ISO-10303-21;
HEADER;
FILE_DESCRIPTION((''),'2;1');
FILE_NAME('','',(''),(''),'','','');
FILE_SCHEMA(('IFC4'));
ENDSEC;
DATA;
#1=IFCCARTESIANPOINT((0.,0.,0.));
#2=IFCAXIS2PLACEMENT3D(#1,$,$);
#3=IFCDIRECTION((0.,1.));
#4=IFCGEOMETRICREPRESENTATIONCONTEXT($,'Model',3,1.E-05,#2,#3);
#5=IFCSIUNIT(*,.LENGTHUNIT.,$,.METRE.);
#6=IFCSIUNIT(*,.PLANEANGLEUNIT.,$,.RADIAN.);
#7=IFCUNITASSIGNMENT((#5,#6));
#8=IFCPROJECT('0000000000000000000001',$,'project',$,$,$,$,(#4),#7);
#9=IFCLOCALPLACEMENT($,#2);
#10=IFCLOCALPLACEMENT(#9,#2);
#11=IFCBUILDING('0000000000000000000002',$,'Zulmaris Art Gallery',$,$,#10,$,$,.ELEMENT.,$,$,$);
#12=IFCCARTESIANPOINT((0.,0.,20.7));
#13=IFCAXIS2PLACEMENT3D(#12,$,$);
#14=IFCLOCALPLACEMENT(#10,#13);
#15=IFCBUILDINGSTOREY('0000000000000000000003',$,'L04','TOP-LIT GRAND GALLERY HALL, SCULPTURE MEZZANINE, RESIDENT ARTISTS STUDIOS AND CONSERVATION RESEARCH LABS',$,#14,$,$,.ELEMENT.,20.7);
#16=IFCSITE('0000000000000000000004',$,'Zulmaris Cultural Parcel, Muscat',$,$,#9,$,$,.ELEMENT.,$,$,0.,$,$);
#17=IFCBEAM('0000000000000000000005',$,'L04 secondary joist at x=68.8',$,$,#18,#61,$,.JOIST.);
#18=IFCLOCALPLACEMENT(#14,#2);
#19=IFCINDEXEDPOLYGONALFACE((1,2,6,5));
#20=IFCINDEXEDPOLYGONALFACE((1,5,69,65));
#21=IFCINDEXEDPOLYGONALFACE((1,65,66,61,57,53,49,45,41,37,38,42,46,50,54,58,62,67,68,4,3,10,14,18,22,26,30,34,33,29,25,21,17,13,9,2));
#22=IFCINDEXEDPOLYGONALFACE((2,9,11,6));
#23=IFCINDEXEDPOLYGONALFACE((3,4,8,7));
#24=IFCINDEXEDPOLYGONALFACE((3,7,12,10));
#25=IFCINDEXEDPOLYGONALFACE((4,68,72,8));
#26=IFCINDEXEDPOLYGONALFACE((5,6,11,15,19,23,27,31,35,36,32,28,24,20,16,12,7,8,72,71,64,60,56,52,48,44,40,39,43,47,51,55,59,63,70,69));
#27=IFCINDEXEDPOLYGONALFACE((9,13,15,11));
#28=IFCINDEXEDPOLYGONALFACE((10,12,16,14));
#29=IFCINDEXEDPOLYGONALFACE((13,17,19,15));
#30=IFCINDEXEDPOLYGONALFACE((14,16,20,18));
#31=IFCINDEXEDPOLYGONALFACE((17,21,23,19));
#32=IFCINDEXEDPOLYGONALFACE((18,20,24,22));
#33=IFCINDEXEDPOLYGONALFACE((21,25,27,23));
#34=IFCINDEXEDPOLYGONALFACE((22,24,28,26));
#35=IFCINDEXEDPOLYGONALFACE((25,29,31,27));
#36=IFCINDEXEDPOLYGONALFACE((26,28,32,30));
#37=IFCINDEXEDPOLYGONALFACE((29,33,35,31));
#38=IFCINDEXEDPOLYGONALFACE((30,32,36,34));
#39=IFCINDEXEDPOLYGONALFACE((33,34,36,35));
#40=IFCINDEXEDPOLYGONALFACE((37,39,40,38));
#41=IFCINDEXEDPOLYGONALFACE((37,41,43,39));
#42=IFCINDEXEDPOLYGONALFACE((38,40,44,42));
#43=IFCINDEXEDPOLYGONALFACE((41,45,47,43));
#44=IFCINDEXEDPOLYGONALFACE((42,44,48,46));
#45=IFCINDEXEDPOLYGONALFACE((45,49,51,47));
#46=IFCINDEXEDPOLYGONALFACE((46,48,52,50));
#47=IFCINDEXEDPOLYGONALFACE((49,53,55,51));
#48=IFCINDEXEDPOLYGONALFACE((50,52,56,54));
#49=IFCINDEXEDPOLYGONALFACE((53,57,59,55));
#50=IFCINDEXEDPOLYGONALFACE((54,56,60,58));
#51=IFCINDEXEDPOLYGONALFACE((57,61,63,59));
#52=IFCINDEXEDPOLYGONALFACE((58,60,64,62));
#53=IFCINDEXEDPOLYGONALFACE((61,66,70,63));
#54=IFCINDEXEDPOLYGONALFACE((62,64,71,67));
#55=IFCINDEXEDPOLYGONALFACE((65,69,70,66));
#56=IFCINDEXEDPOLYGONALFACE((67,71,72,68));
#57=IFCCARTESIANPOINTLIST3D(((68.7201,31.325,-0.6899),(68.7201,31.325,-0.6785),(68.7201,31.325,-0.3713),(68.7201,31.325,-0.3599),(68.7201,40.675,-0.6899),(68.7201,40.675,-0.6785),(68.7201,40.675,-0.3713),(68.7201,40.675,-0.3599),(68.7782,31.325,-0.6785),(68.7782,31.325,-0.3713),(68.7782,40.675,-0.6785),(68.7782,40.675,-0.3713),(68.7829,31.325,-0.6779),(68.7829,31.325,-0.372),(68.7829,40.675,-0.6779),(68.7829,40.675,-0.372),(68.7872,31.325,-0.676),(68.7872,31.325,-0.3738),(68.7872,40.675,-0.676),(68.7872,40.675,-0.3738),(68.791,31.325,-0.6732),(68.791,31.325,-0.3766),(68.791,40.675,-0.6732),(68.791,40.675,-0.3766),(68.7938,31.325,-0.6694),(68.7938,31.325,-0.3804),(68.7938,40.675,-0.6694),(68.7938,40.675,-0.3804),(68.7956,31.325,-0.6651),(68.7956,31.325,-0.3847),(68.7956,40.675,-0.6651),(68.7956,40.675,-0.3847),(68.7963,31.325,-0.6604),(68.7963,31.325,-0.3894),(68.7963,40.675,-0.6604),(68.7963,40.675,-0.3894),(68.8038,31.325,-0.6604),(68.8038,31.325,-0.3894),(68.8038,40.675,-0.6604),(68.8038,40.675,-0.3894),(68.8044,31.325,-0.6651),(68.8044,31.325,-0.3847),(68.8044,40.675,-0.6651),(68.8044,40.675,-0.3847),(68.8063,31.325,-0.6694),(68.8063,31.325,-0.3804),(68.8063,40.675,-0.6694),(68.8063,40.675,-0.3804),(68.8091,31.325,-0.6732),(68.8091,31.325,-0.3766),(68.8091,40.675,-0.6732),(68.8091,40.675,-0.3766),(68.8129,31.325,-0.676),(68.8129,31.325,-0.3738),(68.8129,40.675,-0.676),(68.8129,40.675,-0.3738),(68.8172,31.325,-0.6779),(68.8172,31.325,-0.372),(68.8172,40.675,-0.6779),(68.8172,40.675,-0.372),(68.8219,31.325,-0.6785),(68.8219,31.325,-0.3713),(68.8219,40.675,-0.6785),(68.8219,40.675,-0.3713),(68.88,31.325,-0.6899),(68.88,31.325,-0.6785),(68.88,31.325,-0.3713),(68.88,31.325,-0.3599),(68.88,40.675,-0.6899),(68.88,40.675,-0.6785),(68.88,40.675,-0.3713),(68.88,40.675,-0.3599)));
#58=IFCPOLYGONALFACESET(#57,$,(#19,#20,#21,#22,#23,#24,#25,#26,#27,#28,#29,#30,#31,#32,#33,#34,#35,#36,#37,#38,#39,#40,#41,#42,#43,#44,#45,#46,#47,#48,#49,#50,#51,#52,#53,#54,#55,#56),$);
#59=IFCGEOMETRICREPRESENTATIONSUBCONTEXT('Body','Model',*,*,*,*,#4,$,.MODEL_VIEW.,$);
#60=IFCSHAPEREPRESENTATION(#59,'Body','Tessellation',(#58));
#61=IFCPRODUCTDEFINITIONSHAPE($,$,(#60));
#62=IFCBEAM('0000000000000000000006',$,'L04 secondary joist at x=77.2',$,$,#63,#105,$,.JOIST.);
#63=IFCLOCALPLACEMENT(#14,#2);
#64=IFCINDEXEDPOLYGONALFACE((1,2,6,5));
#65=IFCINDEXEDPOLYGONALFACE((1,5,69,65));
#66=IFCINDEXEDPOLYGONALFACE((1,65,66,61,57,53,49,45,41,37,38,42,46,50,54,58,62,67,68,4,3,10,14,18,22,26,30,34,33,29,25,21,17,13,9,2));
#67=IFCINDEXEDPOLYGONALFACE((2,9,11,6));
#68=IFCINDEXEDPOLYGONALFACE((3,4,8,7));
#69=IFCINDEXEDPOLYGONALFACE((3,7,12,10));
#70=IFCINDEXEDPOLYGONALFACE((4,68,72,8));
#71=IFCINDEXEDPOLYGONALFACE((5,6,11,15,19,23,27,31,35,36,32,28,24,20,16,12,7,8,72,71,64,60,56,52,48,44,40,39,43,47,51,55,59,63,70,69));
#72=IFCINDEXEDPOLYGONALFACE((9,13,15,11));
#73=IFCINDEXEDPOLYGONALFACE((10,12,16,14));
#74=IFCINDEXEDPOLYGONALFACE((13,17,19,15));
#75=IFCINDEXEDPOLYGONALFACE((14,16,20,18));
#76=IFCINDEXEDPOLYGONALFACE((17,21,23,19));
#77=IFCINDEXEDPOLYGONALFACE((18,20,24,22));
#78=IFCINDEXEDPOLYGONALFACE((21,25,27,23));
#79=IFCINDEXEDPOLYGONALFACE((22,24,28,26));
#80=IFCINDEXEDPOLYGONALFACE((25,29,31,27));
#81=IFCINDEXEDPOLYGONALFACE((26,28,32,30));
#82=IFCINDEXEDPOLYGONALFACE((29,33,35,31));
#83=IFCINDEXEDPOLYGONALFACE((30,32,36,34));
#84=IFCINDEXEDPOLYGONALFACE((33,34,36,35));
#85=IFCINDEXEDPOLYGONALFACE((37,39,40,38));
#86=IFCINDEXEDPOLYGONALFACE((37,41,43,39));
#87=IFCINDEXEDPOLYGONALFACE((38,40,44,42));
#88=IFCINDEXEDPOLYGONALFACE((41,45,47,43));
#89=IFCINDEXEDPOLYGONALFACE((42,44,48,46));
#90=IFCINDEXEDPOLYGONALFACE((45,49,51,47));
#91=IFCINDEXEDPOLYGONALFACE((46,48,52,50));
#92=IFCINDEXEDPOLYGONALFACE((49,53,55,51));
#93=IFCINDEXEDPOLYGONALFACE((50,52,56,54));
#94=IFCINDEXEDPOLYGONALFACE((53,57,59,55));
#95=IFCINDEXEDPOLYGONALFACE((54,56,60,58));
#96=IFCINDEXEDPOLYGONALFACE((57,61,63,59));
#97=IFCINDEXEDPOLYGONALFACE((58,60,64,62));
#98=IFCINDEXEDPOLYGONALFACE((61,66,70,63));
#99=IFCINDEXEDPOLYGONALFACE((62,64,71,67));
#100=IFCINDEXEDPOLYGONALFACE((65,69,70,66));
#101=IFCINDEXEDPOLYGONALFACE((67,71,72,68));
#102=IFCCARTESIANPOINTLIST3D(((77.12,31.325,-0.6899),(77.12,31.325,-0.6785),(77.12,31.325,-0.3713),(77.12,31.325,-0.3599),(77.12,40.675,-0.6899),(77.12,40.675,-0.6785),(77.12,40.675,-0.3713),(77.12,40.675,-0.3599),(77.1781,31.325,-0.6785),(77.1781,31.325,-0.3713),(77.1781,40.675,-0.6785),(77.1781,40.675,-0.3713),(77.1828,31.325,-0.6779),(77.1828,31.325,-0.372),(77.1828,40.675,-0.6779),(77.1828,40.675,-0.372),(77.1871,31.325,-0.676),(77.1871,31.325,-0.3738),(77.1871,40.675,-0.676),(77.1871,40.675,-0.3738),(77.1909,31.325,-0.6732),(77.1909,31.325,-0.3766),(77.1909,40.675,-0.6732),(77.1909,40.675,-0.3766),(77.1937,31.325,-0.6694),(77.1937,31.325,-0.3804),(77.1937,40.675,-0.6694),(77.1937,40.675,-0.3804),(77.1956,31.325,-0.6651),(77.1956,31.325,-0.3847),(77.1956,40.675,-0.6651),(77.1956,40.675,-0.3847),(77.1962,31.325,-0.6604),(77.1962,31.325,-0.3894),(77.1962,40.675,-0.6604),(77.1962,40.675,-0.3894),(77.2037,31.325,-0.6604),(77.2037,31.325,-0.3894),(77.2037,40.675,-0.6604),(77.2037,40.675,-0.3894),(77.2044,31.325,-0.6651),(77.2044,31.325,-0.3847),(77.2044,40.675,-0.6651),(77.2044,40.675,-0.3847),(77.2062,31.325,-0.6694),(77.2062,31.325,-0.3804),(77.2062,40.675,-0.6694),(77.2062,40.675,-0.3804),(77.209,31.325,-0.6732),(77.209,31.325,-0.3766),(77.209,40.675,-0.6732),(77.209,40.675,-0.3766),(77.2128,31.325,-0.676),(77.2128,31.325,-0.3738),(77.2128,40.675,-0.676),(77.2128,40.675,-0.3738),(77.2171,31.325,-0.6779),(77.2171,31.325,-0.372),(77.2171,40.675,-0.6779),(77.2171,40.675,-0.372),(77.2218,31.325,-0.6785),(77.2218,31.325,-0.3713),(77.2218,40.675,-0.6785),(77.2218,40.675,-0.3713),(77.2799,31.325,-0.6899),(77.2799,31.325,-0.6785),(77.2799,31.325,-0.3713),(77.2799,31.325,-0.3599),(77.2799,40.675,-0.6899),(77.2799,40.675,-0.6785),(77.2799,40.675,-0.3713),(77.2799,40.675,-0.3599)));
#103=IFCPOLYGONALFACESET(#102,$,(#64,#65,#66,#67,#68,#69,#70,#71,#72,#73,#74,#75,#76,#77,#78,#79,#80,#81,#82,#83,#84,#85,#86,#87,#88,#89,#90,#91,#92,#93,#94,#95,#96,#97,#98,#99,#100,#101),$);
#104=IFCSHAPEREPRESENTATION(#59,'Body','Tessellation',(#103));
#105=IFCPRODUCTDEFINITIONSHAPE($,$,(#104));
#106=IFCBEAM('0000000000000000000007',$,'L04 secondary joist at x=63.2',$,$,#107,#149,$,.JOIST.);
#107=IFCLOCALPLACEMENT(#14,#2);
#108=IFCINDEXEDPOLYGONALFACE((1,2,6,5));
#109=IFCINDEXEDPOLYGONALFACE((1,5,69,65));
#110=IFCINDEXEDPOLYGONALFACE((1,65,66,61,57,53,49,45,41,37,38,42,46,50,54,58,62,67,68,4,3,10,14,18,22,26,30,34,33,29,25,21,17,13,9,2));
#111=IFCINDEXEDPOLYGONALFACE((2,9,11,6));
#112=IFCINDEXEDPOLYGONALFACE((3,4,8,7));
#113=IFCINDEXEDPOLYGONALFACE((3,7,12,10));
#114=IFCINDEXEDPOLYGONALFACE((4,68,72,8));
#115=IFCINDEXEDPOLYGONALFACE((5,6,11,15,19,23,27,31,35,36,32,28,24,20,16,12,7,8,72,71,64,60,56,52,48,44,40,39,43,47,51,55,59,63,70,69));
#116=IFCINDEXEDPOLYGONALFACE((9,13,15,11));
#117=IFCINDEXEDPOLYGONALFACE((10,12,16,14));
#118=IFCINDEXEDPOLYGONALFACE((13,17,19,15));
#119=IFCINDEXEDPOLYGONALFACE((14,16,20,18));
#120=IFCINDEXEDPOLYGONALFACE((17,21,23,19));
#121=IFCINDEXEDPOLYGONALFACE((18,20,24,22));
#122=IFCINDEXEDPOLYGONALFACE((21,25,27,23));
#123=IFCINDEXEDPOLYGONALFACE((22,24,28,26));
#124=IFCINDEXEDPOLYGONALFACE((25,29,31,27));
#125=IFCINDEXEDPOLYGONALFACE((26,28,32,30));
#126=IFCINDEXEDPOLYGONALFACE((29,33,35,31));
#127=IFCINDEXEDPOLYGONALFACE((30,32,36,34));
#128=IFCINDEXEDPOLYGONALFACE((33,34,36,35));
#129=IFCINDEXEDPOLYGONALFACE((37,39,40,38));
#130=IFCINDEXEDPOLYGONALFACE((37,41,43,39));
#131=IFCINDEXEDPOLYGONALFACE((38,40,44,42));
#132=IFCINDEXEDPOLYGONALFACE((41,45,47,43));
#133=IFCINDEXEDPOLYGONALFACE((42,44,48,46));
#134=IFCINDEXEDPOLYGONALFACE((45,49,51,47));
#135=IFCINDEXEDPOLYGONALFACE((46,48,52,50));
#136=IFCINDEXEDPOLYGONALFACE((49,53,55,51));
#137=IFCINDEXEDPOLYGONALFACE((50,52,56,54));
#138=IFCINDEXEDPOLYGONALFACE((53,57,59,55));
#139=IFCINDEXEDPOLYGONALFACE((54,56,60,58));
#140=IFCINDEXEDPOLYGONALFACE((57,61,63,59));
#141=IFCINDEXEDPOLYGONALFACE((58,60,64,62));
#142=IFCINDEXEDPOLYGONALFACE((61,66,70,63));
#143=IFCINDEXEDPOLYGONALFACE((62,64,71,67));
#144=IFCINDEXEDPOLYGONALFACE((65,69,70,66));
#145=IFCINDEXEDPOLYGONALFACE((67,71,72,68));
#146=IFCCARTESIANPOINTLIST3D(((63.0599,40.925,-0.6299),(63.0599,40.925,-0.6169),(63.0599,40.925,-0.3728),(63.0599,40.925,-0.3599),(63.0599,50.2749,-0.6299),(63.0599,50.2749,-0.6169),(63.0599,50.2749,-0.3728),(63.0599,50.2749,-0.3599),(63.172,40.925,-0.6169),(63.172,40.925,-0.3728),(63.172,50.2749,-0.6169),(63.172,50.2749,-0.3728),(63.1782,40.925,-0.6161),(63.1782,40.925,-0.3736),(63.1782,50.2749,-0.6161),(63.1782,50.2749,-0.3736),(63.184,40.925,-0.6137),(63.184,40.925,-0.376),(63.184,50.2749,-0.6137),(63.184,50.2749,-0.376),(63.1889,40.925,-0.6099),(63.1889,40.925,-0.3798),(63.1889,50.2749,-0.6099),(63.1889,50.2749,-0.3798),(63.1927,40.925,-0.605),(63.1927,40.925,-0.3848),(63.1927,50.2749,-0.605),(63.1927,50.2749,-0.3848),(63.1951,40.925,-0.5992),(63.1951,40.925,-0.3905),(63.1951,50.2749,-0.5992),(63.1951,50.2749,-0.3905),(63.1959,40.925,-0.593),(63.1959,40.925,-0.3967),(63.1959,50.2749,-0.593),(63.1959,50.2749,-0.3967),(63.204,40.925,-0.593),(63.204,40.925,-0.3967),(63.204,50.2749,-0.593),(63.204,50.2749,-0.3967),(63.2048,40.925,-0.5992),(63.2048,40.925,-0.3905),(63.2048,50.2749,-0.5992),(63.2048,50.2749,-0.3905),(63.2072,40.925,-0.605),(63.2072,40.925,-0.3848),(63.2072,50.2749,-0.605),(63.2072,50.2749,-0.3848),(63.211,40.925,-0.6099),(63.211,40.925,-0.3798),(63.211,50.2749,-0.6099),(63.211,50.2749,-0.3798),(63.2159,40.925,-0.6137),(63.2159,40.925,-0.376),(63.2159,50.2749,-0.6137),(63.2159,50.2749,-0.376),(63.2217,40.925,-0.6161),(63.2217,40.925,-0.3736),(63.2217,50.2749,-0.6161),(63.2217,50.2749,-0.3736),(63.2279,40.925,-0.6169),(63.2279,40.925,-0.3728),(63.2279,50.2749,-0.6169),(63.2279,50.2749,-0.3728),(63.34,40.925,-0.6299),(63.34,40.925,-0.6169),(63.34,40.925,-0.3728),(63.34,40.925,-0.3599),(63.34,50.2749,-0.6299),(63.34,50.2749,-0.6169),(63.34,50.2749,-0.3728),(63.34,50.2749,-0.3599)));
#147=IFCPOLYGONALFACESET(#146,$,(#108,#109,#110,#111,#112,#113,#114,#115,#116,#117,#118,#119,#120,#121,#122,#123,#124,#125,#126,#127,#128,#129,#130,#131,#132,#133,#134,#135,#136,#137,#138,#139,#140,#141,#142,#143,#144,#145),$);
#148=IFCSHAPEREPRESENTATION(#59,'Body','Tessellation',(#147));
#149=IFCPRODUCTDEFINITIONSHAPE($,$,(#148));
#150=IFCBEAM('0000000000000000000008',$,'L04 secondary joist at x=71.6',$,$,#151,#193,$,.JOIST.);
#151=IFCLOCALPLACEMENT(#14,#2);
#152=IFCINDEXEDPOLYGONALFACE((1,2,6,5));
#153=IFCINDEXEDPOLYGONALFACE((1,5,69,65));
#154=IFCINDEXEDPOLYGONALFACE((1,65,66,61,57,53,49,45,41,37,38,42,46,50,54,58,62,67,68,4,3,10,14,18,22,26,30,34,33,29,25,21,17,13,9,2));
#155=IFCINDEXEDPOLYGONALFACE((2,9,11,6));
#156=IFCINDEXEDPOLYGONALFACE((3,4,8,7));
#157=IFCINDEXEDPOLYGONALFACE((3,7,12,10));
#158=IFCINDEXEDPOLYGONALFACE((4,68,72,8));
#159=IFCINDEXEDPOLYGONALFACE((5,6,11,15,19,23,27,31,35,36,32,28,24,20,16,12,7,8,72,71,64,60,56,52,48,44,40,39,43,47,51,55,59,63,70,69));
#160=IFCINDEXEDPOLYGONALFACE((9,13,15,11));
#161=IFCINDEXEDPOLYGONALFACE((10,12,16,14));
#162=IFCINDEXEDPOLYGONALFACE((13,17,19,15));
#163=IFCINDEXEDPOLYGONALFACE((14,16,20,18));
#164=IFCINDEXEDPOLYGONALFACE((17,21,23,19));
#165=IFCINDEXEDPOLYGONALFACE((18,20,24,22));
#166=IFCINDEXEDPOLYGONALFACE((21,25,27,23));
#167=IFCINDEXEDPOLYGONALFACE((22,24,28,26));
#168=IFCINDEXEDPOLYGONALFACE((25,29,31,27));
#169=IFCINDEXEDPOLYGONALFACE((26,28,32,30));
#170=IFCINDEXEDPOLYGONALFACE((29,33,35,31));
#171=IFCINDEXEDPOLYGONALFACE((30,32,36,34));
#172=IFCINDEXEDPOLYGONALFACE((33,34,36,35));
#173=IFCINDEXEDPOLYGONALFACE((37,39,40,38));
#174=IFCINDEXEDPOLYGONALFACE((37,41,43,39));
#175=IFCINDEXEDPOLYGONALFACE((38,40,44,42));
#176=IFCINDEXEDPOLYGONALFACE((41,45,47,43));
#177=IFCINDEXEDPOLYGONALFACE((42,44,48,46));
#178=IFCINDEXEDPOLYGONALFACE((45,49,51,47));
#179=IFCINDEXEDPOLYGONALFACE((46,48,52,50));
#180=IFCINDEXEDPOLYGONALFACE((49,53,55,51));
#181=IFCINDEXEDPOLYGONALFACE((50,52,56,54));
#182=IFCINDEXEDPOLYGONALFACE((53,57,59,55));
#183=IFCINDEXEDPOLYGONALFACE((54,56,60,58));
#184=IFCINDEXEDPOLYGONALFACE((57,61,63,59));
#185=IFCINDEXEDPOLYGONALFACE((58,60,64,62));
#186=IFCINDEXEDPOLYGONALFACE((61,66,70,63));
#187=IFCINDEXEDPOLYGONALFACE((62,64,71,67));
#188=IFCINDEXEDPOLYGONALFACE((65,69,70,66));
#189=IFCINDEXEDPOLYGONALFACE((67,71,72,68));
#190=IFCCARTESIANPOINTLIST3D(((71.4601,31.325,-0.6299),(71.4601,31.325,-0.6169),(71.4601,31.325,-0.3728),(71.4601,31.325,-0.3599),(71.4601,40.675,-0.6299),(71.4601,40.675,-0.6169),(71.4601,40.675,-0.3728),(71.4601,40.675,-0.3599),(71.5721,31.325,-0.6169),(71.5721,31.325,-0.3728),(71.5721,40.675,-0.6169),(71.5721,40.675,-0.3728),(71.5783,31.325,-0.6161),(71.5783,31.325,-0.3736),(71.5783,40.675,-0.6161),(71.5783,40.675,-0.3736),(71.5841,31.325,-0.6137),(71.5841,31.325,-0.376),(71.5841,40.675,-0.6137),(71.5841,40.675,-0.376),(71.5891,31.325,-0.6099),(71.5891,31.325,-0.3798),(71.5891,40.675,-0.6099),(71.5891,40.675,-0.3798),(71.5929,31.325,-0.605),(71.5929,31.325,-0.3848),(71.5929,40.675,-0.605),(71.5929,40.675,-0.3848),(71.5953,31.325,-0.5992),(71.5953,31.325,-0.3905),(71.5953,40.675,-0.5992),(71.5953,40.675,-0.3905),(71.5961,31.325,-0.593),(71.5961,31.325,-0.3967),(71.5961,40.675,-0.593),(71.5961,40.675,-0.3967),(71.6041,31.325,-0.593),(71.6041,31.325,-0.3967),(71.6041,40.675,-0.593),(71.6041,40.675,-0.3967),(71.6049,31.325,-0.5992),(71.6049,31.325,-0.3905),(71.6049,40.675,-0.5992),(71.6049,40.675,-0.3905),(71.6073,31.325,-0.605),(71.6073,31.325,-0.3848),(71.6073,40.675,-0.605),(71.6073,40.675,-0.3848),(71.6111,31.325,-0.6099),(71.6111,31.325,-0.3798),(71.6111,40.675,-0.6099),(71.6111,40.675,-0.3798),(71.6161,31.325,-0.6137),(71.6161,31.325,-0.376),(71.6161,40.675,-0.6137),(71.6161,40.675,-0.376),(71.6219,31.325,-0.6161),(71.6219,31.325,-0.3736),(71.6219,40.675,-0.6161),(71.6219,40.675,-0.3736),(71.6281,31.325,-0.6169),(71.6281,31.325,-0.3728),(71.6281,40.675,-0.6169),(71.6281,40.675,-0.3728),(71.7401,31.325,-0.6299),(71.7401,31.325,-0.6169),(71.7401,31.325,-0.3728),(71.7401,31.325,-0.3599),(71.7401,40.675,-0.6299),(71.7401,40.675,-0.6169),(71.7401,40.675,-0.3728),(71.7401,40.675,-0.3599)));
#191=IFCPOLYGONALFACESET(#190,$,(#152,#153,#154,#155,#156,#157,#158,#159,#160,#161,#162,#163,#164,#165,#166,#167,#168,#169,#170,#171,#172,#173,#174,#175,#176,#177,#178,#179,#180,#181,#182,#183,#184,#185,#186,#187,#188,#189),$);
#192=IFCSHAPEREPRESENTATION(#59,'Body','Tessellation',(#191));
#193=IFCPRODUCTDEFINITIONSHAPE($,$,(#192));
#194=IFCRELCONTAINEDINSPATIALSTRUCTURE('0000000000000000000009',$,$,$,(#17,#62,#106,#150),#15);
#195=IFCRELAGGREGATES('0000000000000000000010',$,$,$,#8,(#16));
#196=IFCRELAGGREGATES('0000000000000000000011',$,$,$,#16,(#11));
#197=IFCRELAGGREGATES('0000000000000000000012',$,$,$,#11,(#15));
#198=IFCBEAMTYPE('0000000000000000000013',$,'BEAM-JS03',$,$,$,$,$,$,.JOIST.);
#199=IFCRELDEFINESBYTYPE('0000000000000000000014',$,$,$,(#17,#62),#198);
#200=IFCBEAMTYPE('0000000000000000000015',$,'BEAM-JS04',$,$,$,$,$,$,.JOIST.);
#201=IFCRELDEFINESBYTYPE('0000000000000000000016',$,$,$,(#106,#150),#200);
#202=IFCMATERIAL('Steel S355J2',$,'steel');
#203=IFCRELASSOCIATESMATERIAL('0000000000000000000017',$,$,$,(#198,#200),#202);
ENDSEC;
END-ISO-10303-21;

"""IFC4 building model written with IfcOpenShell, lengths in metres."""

from ifc_helpers import new_model, si_unit, direction, frame, origin, origin_2d, place, context, subcontext, project, spatial, i_section, extrude, material, material_profile, profile_set, type_object, element, save


model = new_model("IFC4")

# Units and contexts
model_context = context("Model", 3, precision=1e-05, world=origin(), true_north=direction((0.0, 1.0)))
body_context = subcontext(model_context, "Body", "Model", "MODEL_VIEW")
ifc_project = project(units=[si_unit("LENGTHUNIT", "METRE"), si_unit("PLANEANGLEUNIT", "RADIAN")], contexts=[model_context])

# Site, building, storey
site_placement = place(None, origin())
site = spatial("IfcSite", under=ifc_project, at=site_placement, Name="Zulmaris Cultural Parcel, Muscat", CompositionType="ELEMENT", RefElevation=0.0)
building_placement = place(site_placement, origin())
building = spatial("IfcBuilding", under=site, at=building_placement, Name="Zulmaris Art Gallery", CompositionType="ELEMENT")
storey_placement = place(building_placement, frame((0.0, 0.0, 20.7)))
storey = spatial("IfcBuildingStorey", under=building, at=storey_placement, Name="L04", Description="TOP-LIT GRAND GALLERY HALL, SCULPTURE MEZZANINE, RESIDENT ARTISTS STUDIOS AND CONSERVATION RESEARCH LABS", CompositionType="ELEMENT", Elevation=20.7)

# Beams
ifc_material_1 = material(Name="Steel S355J2", Category="steel")
ifc_material_profile_1 = material_profile(ifc_material_1, i_section(OverallWidth=0.1599, OverallDepth=0.3301, WebThickness=0.0076, FlangeThickness=0.0115, FilletRadius=0.0181, at=origin_2d()), Name="IPE 330")
ifc_profile_set_1 = profile_set([ifc_material_profile_1], Name="Steel S355J2")
beam_type_1 = type_object("IfcBeamType", Name="BEAM-JS03", PredefinedType="JOIST", material=ifc_profile_set_1)
for number, where, z_axis, x_axis, name in (
    (1, (68.8, 31.325, -0.5249), (0.0, 1.0, 0.0), (-1.0, 0.0, 0.0), "L04 secondary joist at x=68.8"),
    (2, (77.2, 31.325, -0.5249), (0.0, 1.0, 0.0), (-1.0, 0.0, 0.0), "L04 secondary joist at x=77.2"),
):
    element("IfcBeam", number, at=place(storey_placement, frame(where, z_axis=z_axis, x_axis=x_axis)), inside=storey, type_object=beam_type_1, Name=name, PredefinedType="JOIST", context=body_context, shape_type="SweptSolid", body=[
        extrude(i_section(OverallWidth=0.1599, OverallDepth=0.3301, WebThickness=0.0076, FlangeThickness=0.0115, FilletRadius=0.0181, at=origin_2d()), origin(), (0.0, 0.0, 1.0), 9.3501),
    ])
ifc_material_profile_2 = material_profile(ifc_material_1, i_section(OverallWidth=0.28, OverallDepth=0.27, WebThickness=0.0081, FlangeThickness=0.0129, FilletRadius=0.0239, at=origin_2d()), Name="HEA 280")
ifc_profile_set_2 = profile_set([ifc_material_profile_2], Name="Steel S355J2")
beam_type_2 = type_object("IfcBeamType", Name="BEAM-JS04", PredefinedType="JOIST", material=ifc_profile_set_2)
beam_1_placement = place(storey_placement, frame((63.2, 40.925, -0.4949), z_axis=(0.0, 1.0, 0.0), x_axis=(-1.0, 0.0, 0.0)))
element("IfcBeam", 3, at=beam_1_placement, inside=storey, type_object=beam_type_2, Name="L04 secondary joist at x=63.2", PredefinedType="JOIST", context=body_context, shape_type="SweptSolid", body=[
    extrude(i_section(OverallWidth=0.28, OverallDepth=0.27, WebThickness=0.0081, FlangeThickness=0.0129, FilletRadius=0.0239, at=origin_2d()), origin(), (0.0, 0.0, 1.0), 9.3499),
])
beam_2_placement = place(storey_placement, frame((71.6001, 31.325, -0.4949), z_axis=(0.0, 1.0, 0.0), x_axis=(-1.0, 0.0, 0.0)))
element("IfcBeam", 4, at=beam_2_placement, inside=storey, type_object=beam_type_2, Name="L04 secondary joist at x=71.6", PredefinedType="JOIST", context=body_context, shape_type="SweptSolid", body=[
    extrude(i_section(OverallWidth=0.28, OverallDepth=0.27, WebThickness=0.0081, FlangeThickness=0.0129, FilletRadius=0.0239, at=origin_2d()), origin(), (0.0, 0.0, 1.0), 9.3501),
])

save(model, "model.ifc")
